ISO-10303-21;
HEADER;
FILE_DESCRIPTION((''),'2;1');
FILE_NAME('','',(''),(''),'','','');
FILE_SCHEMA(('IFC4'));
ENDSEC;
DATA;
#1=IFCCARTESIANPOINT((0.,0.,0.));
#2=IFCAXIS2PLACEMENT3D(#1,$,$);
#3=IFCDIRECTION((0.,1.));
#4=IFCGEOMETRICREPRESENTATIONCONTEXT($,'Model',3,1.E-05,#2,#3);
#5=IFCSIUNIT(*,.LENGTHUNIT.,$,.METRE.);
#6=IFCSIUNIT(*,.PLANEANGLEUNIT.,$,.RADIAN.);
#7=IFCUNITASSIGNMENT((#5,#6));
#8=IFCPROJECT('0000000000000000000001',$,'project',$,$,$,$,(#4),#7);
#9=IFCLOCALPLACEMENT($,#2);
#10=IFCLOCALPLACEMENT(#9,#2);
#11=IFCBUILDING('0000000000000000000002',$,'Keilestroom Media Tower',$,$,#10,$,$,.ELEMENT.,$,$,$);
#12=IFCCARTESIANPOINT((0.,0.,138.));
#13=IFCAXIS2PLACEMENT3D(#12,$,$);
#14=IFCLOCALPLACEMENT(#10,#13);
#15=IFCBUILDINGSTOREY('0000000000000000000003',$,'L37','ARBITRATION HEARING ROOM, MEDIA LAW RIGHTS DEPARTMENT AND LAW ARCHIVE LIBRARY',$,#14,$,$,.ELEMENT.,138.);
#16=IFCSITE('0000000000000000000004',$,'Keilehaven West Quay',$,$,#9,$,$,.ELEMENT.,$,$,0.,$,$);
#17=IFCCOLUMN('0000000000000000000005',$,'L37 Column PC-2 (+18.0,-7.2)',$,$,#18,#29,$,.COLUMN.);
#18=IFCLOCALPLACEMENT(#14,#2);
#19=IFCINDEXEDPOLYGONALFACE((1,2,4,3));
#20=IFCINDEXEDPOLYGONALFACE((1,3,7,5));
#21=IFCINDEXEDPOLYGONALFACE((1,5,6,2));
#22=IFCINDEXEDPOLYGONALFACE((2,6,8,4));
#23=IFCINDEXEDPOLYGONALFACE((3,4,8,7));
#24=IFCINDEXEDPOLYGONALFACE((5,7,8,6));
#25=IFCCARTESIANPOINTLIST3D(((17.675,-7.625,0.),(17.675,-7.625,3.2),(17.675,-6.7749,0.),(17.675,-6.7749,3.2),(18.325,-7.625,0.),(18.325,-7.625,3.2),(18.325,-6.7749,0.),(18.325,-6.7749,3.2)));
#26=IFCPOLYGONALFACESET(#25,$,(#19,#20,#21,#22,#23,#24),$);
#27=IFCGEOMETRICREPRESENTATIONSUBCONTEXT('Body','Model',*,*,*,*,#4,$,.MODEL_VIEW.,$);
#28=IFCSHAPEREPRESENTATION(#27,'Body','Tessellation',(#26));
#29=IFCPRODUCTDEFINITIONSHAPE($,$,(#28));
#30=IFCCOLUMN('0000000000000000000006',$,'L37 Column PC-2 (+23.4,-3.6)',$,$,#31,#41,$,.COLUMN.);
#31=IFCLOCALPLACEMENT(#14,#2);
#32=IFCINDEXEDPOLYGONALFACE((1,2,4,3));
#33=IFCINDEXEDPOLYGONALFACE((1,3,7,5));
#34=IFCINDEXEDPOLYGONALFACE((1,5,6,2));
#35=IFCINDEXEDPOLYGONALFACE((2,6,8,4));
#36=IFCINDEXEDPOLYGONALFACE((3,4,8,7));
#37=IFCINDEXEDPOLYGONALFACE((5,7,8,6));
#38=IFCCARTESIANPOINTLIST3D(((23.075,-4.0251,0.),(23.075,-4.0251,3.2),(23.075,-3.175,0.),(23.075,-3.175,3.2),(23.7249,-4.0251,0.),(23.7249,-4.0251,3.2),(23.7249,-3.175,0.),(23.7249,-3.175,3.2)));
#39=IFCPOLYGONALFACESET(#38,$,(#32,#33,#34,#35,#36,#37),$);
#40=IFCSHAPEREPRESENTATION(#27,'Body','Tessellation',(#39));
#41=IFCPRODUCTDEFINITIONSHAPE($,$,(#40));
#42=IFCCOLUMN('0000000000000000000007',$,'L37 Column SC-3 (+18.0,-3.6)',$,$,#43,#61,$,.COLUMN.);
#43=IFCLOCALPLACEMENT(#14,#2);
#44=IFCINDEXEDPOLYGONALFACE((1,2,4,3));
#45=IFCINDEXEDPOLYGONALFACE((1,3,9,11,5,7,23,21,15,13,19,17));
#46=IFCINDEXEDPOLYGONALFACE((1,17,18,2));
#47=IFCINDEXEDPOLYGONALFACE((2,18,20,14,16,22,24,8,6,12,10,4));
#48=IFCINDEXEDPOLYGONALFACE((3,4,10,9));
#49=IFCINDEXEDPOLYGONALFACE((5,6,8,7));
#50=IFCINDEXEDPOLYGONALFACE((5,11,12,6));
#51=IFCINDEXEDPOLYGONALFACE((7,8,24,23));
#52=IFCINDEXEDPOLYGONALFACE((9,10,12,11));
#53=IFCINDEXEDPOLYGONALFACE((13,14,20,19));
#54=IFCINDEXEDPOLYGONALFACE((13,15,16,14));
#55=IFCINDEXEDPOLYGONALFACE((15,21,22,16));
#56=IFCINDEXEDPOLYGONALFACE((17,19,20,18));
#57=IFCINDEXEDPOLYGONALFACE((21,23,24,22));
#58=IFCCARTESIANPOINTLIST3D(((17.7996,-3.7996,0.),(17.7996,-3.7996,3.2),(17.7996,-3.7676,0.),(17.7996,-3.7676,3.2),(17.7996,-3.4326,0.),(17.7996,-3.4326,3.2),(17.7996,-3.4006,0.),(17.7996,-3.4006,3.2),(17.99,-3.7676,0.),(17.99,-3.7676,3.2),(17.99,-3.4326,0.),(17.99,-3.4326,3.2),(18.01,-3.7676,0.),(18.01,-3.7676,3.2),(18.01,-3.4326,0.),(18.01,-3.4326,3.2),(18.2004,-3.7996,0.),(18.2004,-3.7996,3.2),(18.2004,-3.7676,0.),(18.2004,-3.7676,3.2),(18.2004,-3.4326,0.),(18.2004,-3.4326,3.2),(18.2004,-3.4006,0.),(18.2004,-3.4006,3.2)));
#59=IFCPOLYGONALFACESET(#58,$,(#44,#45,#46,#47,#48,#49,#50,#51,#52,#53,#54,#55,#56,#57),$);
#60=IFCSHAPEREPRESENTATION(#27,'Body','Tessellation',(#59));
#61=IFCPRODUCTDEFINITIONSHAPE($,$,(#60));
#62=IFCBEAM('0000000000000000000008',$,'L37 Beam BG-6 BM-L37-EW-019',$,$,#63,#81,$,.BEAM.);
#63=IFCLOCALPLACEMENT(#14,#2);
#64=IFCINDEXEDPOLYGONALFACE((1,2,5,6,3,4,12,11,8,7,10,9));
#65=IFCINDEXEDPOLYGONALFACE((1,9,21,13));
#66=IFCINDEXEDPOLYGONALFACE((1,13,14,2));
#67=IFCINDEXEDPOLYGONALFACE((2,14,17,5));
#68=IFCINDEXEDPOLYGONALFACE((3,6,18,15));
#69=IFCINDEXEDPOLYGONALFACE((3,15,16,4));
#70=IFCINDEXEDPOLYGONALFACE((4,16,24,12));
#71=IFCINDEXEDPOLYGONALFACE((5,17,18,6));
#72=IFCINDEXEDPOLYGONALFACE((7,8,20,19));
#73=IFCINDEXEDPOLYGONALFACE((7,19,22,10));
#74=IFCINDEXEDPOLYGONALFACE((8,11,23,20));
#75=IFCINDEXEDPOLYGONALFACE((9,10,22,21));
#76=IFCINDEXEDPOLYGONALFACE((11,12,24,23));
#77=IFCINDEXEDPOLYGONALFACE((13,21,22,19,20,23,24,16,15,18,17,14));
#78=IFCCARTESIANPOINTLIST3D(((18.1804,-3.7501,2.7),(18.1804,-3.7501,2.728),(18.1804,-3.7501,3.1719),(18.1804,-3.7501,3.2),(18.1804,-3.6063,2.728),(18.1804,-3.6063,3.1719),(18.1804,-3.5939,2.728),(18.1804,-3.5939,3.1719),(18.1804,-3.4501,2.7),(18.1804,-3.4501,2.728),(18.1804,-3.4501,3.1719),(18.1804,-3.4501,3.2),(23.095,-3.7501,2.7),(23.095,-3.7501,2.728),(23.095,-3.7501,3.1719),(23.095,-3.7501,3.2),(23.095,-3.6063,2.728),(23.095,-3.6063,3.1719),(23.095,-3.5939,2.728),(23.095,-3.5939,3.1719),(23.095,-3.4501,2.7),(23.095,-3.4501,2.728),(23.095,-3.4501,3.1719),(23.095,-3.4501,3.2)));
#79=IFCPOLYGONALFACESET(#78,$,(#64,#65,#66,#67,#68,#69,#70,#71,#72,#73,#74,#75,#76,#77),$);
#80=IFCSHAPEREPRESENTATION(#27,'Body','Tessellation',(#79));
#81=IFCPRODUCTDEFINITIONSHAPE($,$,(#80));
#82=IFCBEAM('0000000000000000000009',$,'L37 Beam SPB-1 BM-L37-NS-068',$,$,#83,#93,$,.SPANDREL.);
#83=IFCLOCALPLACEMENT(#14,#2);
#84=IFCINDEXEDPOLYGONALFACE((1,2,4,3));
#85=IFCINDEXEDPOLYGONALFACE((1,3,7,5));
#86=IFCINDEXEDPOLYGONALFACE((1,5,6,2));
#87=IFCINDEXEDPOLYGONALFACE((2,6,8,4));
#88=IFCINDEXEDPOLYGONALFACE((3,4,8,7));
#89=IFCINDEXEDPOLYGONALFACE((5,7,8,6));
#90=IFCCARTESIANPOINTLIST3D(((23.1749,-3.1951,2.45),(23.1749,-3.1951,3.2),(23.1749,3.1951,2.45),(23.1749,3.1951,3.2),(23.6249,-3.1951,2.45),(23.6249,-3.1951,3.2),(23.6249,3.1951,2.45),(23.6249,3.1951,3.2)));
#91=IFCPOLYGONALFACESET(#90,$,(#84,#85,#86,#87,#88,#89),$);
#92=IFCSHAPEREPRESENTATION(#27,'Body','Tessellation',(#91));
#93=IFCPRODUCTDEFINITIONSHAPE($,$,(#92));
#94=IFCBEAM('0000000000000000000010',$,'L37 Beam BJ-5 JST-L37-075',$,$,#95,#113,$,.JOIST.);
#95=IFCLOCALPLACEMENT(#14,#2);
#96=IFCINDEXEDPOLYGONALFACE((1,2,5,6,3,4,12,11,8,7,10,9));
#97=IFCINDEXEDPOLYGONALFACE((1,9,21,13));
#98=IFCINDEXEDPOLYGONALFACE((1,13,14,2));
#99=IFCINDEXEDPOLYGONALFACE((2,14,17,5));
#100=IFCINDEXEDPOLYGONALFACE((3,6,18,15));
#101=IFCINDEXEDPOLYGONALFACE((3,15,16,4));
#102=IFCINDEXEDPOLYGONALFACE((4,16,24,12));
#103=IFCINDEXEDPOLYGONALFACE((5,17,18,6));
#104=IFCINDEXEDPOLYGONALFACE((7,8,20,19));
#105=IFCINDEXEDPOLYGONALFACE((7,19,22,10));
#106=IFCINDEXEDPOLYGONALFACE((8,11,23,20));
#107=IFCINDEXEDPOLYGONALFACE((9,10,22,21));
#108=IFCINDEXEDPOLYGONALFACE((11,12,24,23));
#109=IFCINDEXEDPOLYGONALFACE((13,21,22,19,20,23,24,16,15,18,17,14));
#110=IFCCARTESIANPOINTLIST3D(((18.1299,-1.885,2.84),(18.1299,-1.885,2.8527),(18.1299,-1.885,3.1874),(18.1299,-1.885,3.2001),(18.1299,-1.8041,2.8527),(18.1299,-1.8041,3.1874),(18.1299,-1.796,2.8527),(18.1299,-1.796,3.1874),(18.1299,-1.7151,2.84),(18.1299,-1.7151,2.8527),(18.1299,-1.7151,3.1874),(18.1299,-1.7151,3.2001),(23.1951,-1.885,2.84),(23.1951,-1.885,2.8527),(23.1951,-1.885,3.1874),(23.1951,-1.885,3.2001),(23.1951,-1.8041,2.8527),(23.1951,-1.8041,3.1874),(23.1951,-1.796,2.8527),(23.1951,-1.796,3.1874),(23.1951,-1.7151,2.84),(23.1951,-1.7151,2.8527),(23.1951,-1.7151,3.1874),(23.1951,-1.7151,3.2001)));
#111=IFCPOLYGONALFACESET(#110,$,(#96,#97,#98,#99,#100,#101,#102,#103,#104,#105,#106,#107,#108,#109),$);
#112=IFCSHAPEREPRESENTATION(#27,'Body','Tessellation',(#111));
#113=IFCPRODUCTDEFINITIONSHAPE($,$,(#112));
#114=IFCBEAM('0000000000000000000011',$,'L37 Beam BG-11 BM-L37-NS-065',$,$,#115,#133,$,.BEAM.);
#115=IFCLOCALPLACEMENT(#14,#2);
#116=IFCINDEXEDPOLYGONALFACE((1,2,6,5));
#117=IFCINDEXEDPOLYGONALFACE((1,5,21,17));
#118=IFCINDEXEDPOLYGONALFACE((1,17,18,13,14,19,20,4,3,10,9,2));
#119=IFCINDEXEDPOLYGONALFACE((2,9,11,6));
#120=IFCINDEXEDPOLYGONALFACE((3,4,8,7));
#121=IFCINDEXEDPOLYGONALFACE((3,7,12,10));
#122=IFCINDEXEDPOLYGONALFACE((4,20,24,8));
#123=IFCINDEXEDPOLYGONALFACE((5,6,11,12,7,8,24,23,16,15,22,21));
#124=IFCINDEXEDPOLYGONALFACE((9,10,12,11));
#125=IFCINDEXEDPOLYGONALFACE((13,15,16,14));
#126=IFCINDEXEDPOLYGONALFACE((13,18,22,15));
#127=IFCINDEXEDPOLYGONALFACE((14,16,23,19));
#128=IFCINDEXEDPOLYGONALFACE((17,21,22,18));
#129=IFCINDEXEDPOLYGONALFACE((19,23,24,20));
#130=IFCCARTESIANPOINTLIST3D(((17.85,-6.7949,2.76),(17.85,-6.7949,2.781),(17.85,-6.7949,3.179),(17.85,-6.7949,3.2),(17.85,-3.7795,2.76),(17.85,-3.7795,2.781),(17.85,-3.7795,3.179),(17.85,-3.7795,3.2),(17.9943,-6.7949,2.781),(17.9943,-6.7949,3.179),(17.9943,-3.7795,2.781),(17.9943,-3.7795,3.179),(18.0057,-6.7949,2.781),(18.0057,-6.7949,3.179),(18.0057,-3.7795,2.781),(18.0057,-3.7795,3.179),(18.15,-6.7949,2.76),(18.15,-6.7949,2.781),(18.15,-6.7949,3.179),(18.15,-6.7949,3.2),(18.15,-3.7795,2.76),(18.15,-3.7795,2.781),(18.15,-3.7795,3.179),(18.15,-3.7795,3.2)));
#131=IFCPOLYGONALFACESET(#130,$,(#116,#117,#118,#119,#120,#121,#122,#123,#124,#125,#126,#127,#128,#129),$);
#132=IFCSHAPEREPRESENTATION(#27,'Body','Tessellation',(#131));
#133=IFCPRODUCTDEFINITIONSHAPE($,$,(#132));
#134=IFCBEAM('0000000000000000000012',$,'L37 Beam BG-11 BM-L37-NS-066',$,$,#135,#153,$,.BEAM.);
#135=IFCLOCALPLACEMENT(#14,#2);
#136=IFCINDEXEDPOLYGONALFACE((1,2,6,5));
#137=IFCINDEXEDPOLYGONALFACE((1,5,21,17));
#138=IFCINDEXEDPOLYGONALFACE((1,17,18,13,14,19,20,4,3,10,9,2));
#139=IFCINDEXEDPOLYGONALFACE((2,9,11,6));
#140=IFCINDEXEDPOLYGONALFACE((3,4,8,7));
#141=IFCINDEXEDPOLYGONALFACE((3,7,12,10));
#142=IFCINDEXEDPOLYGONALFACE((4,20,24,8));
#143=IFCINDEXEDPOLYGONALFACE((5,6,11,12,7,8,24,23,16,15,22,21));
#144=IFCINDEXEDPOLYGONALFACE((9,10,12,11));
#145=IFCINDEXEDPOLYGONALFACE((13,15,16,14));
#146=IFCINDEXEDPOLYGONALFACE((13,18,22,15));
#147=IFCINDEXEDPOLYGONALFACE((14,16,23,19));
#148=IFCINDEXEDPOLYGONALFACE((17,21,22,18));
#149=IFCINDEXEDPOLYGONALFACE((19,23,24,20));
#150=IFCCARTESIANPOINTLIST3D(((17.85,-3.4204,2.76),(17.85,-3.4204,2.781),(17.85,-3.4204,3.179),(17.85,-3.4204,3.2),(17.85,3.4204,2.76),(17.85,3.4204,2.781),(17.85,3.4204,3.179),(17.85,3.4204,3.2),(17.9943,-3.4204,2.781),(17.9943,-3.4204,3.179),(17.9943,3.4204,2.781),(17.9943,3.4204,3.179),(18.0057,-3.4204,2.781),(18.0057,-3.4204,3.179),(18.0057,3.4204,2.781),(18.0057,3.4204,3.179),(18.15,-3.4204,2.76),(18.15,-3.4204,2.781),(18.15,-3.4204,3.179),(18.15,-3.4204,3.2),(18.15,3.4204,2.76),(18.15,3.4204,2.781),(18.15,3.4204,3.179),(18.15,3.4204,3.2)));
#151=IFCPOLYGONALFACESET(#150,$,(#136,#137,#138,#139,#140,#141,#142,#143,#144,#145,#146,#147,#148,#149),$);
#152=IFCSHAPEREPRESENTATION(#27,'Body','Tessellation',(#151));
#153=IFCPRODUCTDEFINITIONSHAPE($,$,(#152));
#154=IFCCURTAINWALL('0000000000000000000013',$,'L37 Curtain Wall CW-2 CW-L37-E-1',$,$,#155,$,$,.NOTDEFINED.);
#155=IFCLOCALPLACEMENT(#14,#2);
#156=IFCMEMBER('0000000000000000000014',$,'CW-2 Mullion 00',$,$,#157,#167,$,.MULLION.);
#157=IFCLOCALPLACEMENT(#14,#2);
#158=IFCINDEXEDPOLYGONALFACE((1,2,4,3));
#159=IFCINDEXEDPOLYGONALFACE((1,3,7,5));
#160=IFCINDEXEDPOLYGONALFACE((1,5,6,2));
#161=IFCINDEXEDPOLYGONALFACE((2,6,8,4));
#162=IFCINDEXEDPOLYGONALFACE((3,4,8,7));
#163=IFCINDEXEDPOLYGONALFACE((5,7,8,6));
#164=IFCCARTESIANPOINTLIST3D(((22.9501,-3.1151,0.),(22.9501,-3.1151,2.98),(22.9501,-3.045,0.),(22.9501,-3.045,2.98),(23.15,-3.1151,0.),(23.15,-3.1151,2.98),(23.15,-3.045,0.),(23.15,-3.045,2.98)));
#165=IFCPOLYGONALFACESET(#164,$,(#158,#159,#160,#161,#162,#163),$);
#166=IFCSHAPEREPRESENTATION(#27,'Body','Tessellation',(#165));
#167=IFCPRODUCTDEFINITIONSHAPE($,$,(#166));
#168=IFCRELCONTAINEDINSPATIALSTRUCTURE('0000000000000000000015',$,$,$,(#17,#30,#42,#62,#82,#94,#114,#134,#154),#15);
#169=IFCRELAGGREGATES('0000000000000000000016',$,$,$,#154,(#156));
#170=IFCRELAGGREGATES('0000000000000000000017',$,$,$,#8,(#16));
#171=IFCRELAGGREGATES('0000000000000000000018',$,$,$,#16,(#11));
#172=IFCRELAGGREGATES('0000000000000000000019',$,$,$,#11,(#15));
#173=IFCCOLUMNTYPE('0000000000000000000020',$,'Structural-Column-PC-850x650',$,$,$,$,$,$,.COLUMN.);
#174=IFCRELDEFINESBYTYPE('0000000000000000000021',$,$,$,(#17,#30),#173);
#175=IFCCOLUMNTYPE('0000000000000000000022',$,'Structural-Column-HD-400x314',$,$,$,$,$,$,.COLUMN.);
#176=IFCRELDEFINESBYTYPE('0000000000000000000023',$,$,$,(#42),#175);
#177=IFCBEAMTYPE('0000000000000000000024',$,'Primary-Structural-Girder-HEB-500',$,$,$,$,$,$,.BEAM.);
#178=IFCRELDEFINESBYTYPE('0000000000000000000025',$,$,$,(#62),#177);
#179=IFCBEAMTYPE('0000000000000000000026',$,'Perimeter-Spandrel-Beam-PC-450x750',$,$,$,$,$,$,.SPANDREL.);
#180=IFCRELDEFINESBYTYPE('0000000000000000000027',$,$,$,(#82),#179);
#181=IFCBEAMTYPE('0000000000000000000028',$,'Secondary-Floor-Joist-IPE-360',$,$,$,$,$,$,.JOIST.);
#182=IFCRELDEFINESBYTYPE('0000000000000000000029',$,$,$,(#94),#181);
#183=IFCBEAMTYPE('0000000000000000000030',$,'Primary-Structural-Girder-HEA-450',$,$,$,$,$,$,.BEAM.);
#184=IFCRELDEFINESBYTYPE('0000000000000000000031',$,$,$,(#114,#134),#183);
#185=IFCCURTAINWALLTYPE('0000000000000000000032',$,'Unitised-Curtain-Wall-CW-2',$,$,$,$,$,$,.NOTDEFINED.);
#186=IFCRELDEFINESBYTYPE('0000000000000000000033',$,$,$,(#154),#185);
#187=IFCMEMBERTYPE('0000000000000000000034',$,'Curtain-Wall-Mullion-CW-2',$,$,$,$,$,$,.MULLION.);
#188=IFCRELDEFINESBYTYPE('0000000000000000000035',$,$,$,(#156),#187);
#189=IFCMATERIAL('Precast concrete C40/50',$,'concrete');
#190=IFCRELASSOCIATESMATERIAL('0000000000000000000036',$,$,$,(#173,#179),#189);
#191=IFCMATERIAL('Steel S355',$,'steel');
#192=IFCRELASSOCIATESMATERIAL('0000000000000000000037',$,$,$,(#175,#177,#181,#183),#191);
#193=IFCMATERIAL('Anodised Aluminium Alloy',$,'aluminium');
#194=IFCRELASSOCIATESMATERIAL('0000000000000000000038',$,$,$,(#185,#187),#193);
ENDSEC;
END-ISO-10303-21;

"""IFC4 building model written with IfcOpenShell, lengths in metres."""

from ifc_helpers import new_model, si_unit, direction, frame, origin, origin_2d, place, context, subcontext, project, spatial, rectangle, i_section, extrude, source, transform, mapped, material, material_profile, profile_set, type_object, element, aggregate, save


model = new_model("IFC4")

# Units and contexts
model_context = context("Model", 3, precision=1e-05, world=origin(), true_north=direction((0.0, 1.0)))
body_context = subcontext(model_context, "Body", "Model", "MODEL_VIEW")
ifc_project = project(units=[si_unit("LENGTHUNIT", "METRE"), si_unit("PLANEANGLEUNIT", "RADIAN")], contexts=[model_context])

# Site, building, storey
site_placement = place(None, origin())
site = spatial("IfcSite", under=ifc_project, at=site_placement, Name="Keilehaven West Quay", CompositionType="ELEMENT", RefElevation=0.0)
building_placement = place(site_placement, origin())
building = spatial("IfcBuilding", under=site, at=building_placement, Name="Keilestroom Media Tower", CompositionType="ELEMENT")
storey_placement = place(building_placement, frame((0.0, 0.0, 138.0)))
storey = spatial("IfcBuildingStorey", under=building, at=storey_placement, Name="L37", Description="ARBITRATION HEARING ROOM, MEDIA LAW RIGHTS DEPARTMENT AND LAW ARCHIVE LIBRARY", CompositionType="ELEMENT", Elevation=138.0)

# Columns
ifc_material_1 = material(Name="Precast concrete C40/50", Category="concrete")
ifc_material_profile_1 = material_profile(ifc_material_1, rectangle(XDim=0.6499, YDim=0.8501, at=origin_2d()), Name="PC 850x650")
ifc_profile_set_1 = profile_set([ifc_material_profile_1], Name="Precast concrete C40/50")
column_type_1 = type_object("IfcColumnType", Name="Structural-Column-PC-850x650", PredefinedType="COLUMN", material=ifc_profile_set_1)
shared_shape_1 = source(origin(), body_context, "Body", "SweptSolid", [
    extrude(rectangle(XDim=0.6499, YDim=0.8501, at=origin_2d()), origin(), (0.0, 0.0, 1.0), 3.2),
])
for number, where, z_axis, x_axis, name in (
    (1, (18.0, -7.2, 0.0), (0.0, 0.0, 1.0), (1.0, 0.0, 0.0), "L37 Column PC-2 (+18.0,-7.2)"),
    (2, (23.3999, -3.6001, 0.0), (0.0, 0.0, 1.0), (1.0, 0.0, 0.0), "L37 Column PC-2 (+23.4,-3.6)"),
):
    element("IfcColumn", number, at=place(storey_placement, frame(where, z_axis=z_axis, x_axis=x_axis)), inside=storey, type_object=column_type_1, Name=name, PredefinedType="COLUMN", context=body_context, shape_type="MappedRepresentation", body=[
        mapped(shared_shape_1, transform((0.0, 0.0, 0.0), x_axis=(1.0, 0.0, 0.0), y_axis=(0.0, 1.0, 0.0), z_axis=(0.0, 0.0, 1.0), scale=1.0)),
    ])
ifc_material_2 = material(Name="Steel S355", Category="steel")
ifc_material_profile_2 = material_profile(ifc_material_2, i_section(OverallWidth=0.4009, OverallDepth=0.3989, WebThickness=0.02, FlangeThickness=0.032, at=origin_2d()), Name="HD 400x314")
ifc_profile_set_2 = profile_set([ifc_material_profile_2], Name="Steel S355")
column_type_2 = type_object("IfcColumnType", Name="Structural-Column-HD-400x314", PredefinedType="COLUMN", material=ifc_profile_set_2)
shared_shape_2 = source(origin(), body_context, "Body", "SweptSolid", [
    extrude(i_section(OverallWidth=0.4009, OverallDepth=0.3989, WebThickness=0.02, FlangeThickness=0.032, at=origin_2d()), origin(), (0.0, 0.0, 1.0), 3.2),
])
column_placement = place(storey_placement, frame((18.0, -3.6001, 0.0), z_axis=(0.0, 0.0, 1.0), x_axis=(1.0, 0.0, 0.0)))
element("IfcColumn", 3, at=column_placement, inside=storey, type_object=column_type_2, Name="L37 Column SC-3 (+18.0,-3.6)", PredefinedType="COLUMN", context=body_context, shape_type="MappedRepresentation", body=[
    mapped(shared_shape_2, transform((0.0, 0.0, 0.0), x_axis=(1.0, 0.0, 0.0), y_axis=(0.0, 1.0, 0.0), z_axis=(0.0, 0.0, 1.0), scale=1.0)),
])

# Beams
ifc_material_profile_3 = material_profile(ifc_material_2, i_section(OverallWidth=0.3, OverallDepth=0.5, WebThickness=0.0125, FlangeThickness=0.0281, at=origin_2d()), Name="HEB 500")
ifc_profile_set_3 = profile_set([ifc_material_profile_3], Name="Steel S355")
beam_type_1 = type_object("IfcBeamType", Name="Primary-Structural-Girder-HEB-500", PredefinedType="BEAM", material=ifc_profile_set_3)
shared_shape_3 = source(origin(), body_context, "Body", "SweptSolid", [
    extrude(i_section(OverallWidth=0.3, OverallDepth=0.5, WebThickness=0.0125, FlangeThickness=0.0281, at=origin_2d()), origin(), (0.0, 0.0, 1.0), 4.9146),
])
beam_1_placement = place(storey_placement, frame((18.1804, -3.6001, 2.95), z_axis=(1.0, 0.0, 0.0), x_axis=(0.0, 1.0, 0.0)))
element("IfcBeam", 4, at=beam_1_placement, inside=storey, type_object=beam_type_1, Name="L37 Beam BG-6 BM-L37-EW-019", PredefinedType="BEAM", context=body_context, shape_type="MappedRepresentation", body=[
    mapped(shared_shape_3, transform((0.0, 0.0, 0.0), x_axis=(1.0, 0.0, 0.0), y_axis=(0.0, 1.0, 0.0), z_axis=(0.0, 0.0, 1.0), scale=1.0)),
])
ifc_material_profile_4 = material_profile(ifc_material_1, rectangle(XDim=0.45, YDim=0.75, at=origin_2d()), Name="PC 450x750")
ifc_profile_set_4 = profile_set([ifc_material_profile_4], Name="Precast concrete C40/50")
beam_type_2 = type_object("IfcBeamType", Name="Perimeter-Spandrel-Beam-PC-450x750", PredefinedType="SPANDREL", material=ifc_profile_set_4)
shared_shape_4 = source(origin(), body_context, "Body", "SweptSolid", [
    extrude(rectangle(XDim=0.45, YDim=0.75, at=origin_2d()), origin(), (0.0, 0.0, 1.0), 6.3901),
])
beam_2_placement = place(storey_placement, frame((23.3999, -3.1951, 2.825), z_axis=(0.0, 1.0, 0.0), x_axis=(-1.0, 0.0, 0.0)))
element("IfcBeam", 5, at=beam_2_placement, inside=storey, type_object=beam_type_2, Name="L37 Beam SPB-1 BM-L37-NS-068", PredefinedType="SPANDREL", context=body_context, shape_type="MappedRepresentation", body=[
    mapped(shared_shape_4, transform((0.0, 0.0, 0.0), x_axis=(1.0, 0.0, 0.0), y_axis=(0.0, 1.0, 0.0), z_axis=(0.0, 0.0, 1.0), scale=1.0)),
])
ifc_material_profile_5 = material_profile(ifc_material_2, i_section(OverallWidth=0.1699, OverallDepth=0.3601, WebThickness=0.0081, FlangeThickness=0.0127, at=origin_2d()), Name="IPE 360")
ifc_profile_set_5 = profile_set([ifc_material_profile_5], Name="Steel S355")
beam_type_3 = type_object("IfcBeamType", Name="Secondary-Floor-Joist-IPE-360", PredefinedType="JOIST", material=ifc_profile_set_5)
shared_shape_5 = source(origin(), body_context, "Body", "SweptSolid", [
    extrude(i_section(OverallWidth=0.1699, OverallDepth=0.3601, WebThickness=0.0081, FlangeThickness=0.0127, at=origin_2d()), origin(), (0.0, 0.0, 1.0), 5.0652),
])
beam_3_placement = place(storey_placement, frame((18.1299, -1.8, 3.02), z_axis=(1.0, 0.0, 0.0), x_axis=(0.0, 1.0, 0.0)))
element("IfcBeam", 6, at=beam_3_placement, inside=storey, type_object=beam_type_3, Name="L37 Beam BJ-5 JST-L37-075", PredefinedType="JOIST", context=body_context, shape_type="MappedRepresentation", body=[
    mapped(shared_shape_5, transform((0.0, 0.0, 0.0), x_axis=(1.0, 0.0, 0.0), y_axis=(0.0, 1.0, 0.0), z_axis=(0.0, 0.0, 1.0), scale=1.0)),
])
ifc_material_profile_6 = material_profile(ifc_material_2, i_section(OverallWidth=0.3, OverallDepth=0.4399, WebThickness=0.0115, FlangeThickness=0.021, at=origin_2d()), Name="HEA 450")
ifc_profile_set_6 = profile_set([ifc_material_profile_6], Name="Steel S355")
beam_type_4 = type_object("IfcBeamType", Name="Primary-Structural-Girder-HEA-450", PredefinedType="BEAM", material=ifc_profile_set_6)
shared_shape_6 = source(origin(), body_context, "Body", "SweptSolid", [
    extrude(i_section(OverallWidth=0.3, OverallDepth=0.4399, WebThickness=0.0115, FlangeThickness=0.021, at=origin_2d()), origin(), (0.0, 0.0, 1.0), 3.0154),
])
beam_4_placement = place(storey_placement, frame((18.0, -6.7949, 2.98), z_axis=(0.0, 1.0, 0.0), x_axis=(-1.0, 0.0, 0.0)))
element("IfcBeam", 7, at=beam_4_placement, inside=storey, type_object=beam_type_4, Name="L37 Beam BG-11 BM-L37-NS-065", PredefinedType="BEAM", context=body_context, shape_type="MappedRepresentation", body=[
    mapped(shared_shape_6, transform((0.0, 0.0, 0.0), x_axis=(1.0, 0.0, 0.0), y_axis=(0.0, 1.0, 0.0), z_axis=(0.0, 0.0, 1.0), scale=1.0)),
])
shared_shape_7 = source(origin(), body_context, "Body", "SweptSolid", [
    extrude(i_section(OverallWidth=0.3, OverallDepth=0.4399, WebThickness=0.0115, FlangeThickness=0.021, at=origin_2d()), origin(), (0.0, 0.0, 1.0), 6.8408),
])
beam_5_placement = place(storey_placement, frame((18.0, -3.4204, 2.98), z_axis=(0.0, 1.0, 0.0), x_axis=(-1.0, 0.0, 0.0)))
element("IfcBeam", 8, at=beam_5_placement, inside=storey, type_object=beam_type_4, Name="L37 Beam BG-11 BM-L37-NS-066", PredefinedType="BEAM", context=body_context, shape_type="MappedRepresentation", body=[
    mapped(shared_shape_7, transform((0.0, 0.0, 0.0), x_axis=(1.0, 0.0, 0.0), y_axis=(0.0, 1.0, 0.0), z_axis=(0.0, 0.0, 1.0), scale=1.0)),
])

# Curtain wall, member
ifc_material_3 = material(Name="Anodised Aluminium Alloy", Category="aluminium")
curtain_wall_type = type_object("IfcCurtainWallType", Name="Unitised-Curtain-Wall-CW-2", PredefinedType="NOTDEFINED", material=ifc_material_3)
curtain_wall_placement = place(storey_placement, origin())
curtain_wall = element("IfcCurtainWall", 9, at=curtain_wall_placement, inside=storey, type_object=curtain_wall_type, Name="L37 Curtain Wall CW-2 CW-L37-E-1", PredefinedType="NOTDEFINED")
ifc_material_profile_7 = material_profile(ifc_material_3, rectangle(XDim=0.0701, YDim=0.2, at=origin_2d()), Name="ALU MULLION 70x200")
ifc_profile_set_7 = profile_set([ifc_material_profile_7], Name="Anodised Aluminium Alloy")
member_type_1 = type_object("IfcMemberType", Name="Curtain-Wall-Mullion-CW-2", PredefinedType="MULLION", material=ifc_profile_set_7)
shared_shape_8 = source(origin(), body_context, "Body", "SweptSolid", [
    extrude(rectangle(XDim=0.0701, YDim=0.2, at=origin_2d()), origin(), (0.0, 0.0, 1.0), 2.98),
])
member_1_placement = place(storey_placement, frame((23.05, -3.0801, 0.0), z_axis=(0.0, 0.0, 1.0), x_axis=(0.0, 1.0, 0.0)))
member_1 = element("IfcMember", 10, at=member_1_placement, type_object=member_type_1, Name="CW-2 Mullion 00", PredefinedType="MULLION", context=body_context, shape_type="MappedRepresentation", body=[
    mapped(shared_shape_8, transform((0.0, 0.0, 0.0), x_axis=(1.0, 0.0, 0.0), y_axis=(0.0, 1.0, 0.0), z_axis=(0.0, 0.0, 1.0), scale=1.0)),
])
aggregate(curtain_wall, [member_1])

save(model, "model.ifc")
